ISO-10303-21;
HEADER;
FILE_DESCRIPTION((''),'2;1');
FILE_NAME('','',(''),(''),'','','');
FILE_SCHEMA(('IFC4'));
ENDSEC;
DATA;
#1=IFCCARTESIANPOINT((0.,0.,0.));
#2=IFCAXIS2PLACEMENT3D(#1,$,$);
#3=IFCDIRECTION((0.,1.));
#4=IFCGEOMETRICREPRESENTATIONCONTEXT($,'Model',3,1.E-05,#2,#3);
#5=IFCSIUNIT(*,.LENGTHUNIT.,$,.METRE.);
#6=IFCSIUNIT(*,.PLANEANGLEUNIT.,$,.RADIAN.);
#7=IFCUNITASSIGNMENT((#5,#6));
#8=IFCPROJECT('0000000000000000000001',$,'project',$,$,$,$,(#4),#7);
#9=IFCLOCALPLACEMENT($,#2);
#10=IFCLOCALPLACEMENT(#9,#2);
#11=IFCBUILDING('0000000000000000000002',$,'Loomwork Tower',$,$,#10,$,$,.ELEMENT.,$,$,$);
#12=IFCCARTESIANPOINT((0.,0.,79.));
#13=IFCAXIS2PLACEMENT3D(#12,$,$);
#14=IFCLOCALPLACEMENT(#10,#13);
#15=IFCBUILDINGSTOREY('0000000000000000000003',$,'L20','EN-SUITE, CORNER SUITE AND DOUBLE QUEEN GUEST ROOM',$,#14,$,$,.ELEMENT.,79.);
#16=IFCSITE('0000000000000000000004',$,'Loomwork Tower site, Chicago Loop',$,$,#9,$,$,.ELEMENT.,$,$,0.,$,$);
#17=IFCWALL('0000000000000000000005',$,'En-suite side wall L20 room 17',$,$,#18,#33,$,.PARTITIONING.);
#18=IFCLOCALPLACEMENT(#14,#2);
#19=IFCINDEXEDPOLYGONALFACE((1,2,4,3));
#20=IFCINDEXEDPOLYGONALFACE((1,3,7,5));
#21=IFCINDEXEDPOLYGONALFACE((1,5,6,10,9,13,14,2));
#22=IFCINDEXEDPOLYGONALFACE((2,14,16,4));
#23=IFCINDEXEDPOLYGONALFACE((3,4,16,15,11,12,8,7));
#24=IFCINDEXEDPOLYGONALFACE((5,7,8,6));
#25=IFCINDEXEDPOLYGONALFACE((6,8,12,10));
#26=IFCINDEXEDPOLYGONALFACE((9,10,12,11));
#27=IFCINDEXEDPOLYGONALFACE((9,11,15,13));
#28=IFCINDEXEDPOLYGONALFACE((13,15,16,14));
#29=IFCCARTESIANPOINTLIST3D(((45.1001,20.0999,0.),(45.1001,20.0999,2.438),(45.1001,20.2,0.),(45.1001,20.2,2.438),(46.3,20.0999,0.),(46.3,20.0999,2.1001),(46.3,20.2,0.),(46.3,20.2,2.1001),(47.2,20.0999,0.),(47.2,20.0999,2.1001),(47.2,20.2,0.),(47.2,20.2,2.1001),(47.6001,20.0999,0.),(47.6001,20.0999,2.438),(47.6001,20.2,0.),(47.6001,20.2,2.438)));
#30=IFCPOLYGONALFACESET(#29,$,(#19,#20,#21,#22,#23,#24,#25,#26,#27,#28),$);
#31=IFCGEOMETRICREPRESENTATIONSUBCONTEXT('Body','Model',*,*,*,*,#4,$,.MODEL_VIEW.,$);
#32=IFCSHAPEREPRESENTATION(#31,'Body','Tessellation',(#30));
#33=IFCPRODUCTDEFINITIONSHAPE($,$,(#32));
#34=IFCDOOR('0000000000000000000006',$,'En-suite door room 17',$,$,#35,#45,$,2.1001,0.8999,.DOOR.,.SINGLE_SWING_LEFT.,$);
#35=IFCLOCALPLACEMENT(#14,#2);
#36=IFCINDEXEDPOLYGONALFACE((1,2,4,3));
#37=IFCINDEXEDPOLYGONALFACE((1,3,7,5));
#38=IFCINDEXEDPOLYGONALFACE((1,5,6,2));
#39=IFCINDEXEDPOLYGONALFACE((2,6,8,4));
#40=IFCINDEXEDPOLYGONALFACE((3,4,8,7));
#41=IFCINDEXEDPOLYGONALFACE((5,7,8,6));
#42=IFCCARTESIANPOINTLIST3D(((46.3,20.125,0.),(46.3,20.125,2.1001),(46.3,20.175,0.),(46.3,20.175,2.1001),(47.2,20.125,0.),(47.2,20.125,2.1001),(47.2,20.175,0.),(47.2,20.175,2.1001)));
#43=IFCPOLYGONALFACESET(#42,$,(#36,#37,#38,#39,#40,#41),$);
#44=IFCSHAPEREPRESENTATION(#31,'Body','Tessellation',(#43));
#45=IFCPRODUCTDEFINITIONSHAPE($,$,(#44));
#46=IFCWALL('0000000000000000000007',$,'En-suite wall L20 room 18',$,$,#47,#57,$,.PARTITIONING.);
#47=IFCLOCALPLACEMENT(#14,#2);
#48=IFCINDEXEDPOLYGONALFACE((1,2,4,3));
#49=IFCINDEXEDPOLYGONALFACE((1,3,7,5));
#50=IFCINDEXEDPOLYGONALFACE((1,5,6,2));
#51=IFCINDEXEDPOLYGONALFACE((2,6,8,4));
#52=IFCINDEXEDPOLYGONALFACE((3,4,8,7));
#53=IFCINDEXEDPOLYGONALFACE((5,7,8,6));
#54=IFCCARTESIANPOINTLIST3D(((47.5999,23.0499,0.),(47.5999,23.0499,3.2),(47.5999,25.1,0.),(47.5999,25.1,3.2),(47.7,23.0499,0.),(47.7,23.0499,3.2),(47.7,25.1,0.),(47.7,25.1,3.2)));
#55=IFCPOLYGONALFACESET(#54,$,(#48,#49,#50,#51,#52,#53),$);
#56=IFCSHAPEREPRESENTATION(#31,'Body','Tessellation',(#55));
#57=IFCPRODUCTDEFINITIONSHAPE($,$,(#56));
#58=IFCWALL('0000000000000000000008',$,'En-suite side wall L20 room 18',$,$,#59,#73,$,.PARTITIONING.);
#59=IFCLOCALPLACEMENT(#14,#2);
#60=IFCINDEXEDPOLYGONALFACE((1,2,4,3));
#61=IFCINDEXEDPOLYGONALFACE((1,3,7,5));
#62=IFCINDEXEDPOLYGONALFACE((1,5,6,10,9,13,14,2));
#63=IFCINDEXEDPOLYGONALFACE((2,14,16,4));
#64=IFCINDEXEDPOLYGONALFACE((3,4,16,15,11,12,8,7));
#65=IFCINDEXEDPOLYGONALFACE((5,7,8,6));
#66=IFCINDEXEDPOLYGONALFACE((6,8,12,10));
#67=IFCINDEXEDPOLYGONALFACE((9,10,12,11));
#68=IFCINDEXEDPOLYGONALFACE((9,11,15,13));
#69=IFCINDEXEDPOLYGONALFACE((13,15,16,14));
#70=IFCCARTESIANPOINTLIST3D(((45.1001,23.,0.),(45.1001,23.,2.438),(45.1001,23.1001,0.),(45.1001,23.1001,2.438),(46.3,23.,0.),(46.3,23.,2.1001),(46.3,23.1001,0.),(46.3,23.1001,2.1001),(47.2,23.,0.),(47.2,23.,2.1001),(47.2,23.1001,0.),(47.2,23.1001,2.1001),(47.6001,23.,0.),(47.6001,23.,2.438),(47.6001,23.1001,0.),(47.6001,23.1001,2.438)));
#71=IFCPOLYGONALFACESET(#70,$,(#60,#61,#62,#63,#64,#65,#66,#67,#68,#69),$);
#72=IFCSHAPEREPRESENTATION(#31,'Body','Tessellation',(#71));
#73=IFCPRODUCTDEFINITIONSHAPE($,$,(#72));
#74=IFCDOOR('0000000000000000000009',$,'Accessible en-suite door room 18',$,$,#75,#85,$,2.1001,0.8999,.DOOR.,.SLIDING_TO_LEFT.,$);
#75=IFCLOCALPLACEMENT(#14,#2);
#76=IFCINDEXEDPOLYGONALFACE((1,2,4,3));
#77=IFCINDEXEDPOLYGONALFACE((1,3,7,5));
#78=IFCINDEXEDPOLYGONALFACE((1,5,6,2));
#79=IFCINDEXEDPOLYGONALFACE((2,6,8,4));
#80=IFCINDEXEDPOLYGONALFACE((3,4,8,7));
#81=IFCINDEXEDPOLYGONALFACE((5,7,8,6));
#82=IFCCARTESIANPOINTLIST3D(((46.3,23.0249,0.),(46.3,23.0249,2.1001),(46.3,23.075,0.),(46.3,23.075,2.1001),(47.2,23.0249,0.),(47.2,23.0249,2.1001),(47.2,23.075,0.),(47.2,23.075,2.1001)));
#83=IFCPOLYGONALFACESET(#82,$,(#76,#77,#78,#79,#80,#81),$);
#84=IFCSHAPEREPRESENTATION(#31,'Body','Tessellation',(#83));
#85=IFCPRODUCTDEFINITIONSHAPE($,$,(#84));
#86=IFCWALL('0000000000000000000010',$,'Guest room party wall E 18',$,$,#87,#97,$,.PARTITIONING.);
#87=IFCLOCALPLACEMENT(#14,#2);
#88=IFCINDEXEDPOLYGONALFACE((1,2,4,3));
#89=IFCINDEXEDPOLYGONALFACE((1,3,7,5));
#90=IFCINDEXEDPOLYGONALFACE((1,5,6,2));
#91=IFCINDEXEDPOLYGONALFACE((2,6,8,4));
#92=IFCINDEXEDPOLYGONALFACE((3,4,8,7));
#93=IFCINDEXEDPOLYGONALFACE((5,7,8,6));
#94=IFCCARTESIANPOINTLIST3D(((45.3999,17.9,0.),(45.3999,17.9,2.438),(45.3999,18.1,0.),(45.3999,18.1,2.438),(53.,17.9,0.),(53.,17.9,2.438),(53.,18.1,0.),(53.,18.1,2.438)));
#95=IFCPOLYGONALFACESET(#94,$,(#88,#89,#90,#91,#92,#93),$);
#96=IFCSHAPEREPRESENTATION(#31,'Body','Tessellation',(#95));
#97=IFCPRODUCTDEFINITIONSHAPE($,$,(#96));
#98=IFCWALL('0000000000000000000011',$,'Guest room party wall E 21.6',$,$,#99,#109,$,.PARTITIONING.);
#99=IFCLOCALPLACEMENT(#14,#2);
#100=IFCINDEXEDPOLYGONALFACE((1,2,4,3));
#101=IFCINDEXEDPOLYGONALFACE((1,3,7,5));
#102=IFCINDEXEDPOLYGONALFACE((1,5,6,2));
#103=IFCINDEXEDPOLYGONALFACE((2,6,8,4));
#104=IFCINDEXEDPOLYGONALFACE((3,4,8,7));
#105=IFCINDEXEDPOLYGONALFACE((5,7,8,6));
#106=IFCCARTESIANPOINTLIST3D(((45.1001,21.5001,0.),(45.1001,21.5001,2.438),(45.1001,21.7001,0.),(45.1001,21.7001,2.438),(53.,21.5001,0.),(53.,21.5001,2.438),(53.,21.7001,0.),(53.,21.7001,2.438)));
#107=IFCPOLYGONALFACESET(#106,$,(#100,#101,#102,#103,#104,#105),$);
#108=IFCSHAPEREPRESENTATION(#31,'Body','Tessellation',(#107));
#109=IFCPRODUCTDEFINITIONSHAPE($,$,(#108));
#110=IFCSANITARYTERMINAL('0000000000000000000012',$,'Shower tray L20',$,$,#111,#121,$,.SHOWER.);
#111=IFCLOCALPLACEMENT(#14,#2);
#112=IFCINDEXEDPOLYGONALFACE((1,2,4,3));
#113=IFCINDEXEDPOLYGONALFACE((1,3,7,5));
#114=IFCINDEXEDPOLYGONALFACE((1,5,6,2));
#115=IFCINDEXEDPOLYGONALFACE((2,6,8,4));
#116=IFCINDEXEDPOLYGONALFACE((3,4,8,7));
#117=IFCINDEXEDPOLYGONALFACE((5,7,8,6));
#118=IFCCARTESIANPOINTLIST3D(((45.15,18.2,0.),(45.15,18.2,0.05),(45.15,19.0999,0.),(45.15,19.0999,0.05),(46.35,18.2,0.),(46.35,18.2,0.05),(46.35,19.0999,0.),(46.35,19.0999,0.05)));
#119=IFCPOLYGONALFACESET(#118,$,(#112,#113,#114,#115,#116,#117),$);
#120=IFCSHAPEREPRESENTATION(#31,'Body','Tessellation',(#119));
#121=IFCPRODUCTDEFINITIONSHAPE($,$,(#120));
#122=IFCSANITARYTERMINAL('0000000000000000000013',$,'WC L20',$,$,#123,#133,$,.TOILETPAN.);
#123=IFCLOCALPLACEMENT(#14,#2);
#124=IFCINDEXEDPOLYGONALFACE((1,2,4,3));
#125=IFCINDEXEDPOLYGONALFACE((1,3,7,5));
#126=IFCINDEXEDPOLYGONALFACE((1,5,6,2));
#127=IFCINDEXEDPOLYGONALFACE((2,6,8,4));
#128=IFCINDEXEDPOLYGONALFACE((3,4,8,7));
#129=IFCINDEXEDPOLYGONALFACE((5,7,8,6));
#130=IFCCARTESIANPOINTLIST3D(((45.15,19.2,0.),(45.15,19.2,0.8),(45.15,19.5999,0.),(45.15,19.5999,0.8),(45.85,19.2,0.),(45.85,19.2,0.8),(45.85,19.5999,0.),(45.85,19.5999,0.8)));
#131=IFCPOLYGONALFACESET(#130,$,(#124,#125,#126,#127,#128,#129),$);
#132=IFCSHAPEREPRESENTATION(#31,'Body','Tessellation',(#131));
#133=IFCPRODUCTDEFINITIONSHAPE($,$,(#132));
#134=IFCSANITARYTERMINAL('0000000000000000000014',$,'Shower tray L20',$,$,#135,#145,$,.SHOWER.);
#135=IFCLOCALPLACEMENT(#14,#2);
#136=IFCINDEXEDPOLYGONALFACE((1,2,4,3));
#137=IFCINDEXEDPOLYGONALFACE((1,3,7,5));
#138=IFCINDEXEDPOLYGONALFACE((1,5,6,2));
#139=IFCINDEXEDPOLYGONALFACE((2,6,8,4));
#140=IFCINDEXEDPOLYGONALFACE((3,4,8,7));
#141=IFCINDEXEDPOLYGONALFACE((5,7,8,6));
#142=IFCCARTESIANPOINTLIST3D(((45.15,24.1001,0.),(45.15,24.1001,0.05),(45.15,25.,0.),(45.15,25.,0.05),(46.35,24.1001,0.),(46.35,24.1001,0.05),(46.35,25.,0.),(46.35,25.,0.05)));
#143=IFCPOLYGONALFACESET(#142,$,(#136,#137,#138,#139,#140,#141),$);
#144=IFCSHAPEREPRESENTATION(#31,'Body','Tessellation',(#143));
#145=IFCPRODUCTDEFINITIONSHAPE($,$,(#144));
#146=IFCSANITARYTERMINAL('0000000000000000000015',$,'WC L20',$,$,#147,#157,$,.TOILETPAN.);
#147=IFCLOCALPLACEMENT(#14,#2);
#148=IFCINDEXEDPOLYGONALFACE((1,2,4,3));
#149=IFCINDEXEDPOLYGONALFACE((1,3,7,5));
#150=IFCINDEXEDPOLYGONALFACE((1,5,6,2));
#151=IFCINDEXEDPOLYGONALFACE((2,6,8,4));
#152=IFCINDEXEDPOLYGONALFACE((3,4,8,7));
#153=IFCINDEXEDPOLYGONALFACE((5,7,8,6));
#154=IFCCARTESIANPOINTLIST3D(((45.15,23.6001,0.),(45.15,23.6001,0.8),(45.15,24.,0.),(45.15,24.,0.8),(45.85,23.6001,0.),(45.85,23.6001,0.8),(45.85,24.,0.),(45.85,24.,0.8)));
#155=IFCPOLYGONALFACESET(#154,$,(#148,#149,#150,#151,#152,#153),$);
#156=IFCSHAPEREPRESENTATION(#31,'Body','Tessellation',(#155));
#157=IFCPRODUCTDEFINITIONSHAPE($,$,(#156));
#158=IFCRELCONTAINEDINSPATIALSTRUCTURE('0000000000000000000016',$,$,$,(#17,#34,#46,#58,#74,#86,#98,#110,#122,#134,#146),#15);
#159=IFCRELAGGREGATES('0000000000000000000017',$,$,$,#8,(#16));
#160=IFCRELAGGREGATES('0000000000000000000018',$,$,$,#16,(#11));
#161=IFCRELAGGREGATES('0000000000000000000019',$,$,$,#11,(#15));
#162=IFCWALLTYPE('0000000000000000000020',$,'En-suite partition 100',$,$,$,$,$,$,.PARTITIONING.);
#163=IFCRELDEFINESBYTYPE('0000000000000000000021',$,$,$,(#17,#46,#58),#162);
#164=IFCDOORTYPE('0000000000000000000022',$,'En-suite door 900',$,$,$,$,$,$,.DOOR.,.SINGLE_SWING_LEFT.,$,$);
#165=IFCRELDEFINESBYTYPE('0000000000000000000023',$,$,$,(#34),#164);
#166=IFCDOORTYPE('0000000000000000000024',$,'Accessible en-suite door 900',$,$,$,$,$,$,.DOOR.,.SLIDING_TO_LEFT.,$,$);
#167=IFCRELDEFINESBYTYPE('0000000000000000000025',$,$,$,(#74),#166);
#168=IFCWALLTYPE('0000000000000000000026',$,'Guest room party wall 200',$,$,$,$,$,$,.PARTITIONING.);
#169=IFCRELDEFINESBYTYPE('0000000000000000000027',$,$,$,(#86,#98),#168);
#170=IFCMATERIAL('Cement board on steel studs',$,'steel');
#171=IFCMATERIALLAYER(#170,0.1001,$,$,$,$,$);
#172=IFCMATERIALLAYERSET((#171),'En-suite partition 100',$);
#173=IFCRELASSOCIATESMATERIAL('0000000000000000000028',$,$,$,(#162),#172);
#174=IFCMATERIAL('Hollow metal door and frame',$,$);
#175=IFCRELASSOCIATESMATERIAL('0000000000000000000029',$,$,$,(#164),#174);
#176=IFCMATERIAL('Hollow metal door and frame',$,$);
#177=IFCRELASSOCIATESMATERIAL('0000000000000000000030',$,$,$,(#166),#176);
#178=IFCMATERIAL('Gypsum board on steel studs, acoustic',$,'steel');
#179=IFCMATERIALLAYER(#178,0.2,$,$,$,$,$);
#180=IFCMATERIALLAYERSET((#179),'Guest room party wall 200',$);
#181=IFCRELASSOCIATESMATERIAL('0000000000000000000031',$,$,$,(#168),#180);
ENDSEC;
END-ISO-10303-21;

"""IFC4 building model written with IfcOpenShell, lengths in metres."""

from ifc_helpers import new_model, si_unit, direction, frame, frame_2d, origin, origin_2d, place, context, subcontext, project, spatial, rectangle, extrude, material, layer, layer_set, type_object, element, fill, save


model = new_model("IFC4")

# Units and contexts
model_context = context("Model", 3, precision=1e-05, world=origin(), true_north=direction((0.0, 1.0)))
body_context = subcontext(model_context, "Body", "Model", "MODEL_VIEW")
ifc_project = project(units=[si_unit("LENGTHUNIT", "METRE"), si_unit("PLANEANGLEUNIT", "RADIAN")], contexts=[model_context])

# Site, building, storey
site_placement = place(None, origin())
site = spatial("IfcSite", under=ifc_project, at=site_placement, Name="Loomwork Tower site, Chicago Loop", CompositionType="ELEMENT", RefElevation=0.0)
building_placement = place(site_placement, origin())
building = spatial("IfcBuilding", under=site, at=building_placement, Name="Loomwork Tower", CompositionType="ELEMENT")
storey_placement = place(building_placement, frame((0.0, 0.0, 79.0)))
storey = spatial("IfcBuildingStorey", under=building, at=storey_placement, Name="L20", Description="EN-SUITE, CORNER SUITE AND DOUBLE QUEEN GUEST ROOM", CompositionType="ELEMENT", Elevation=79.0)

# Shared definitions
ifc_material_1 = material(Name="Cement board on steel studs", Category="steel")
ifc_layer_1 = layer(ifc_material_1, 0.1001)
ifc_layer_set_1 = layer_set([ifc_layer_1], Name="En-suite partition 100")
wall_type_1 = type_object("IfcWallType", Name="En-suite partition 100", PredefinedType="PARTITIONING", material=ifc_layer_set_1)

# Wall, opening, door
wall_1_placement = place(storey_placement, frame((45.1001, 20.1499, 0.0), z_axis=(0.0, 0.0, 1.0), x_axis=(1.0, 0.0, 0.0)))
wall_1 = element("IfcWall", 1, at=wall_1_placement, inside=storey, type_object=wall_type_1, Name="En-suite side wall L20 room 17", PredefinedType="PARTITIONING", context=body_context, shape_type="SweptSolid", body=[
    extrude(rectangle(XDim=2.5, YDim=0.1001, at=frame_2d((1.25, 0.0))), origin(), (0.0, 0.0, 1.0), 2.438),
])
opening_1_placement = place(wall_1_placement, frame((1.2, 0.0, 0.0)))
opening_1 = element("IfcOpeningElement", 2, at=opening_1_placement, cuts=wall_1, PredefinedType="OPENING", context=body_context, shape_type="SweptSolid", body=[
    extrude(rectangle(XDim=0.8999, YDim=2.1001, at=frame_2d((0.45, 1.05))), frame((0.0, 0.0601, 0.0), z_axis=(0.0, -1.0, 0.0), x_axis=(1.0, 0.0, 0.0)), (0.0, 0.0, 1.0), 0.1201),
])
ifc_material_2 = material(Name="Hollow metal door and frame")
door_type_1 = type_object("IfcDoorType", Name="En-suite door 900", OperationType="SINGLE_SWING_LEFT", PredefinedType="DOOR", material=ifc_material_2)
door_1_placement = place(opening_1_placement, frame((0.8999, 0.0, 0.0), z_axis=(0.0, 0.0, 1.0), x_axis=(-1.0, 0.0, 0.0)))
door_1 = element("IfcDoor", 3, at=door_1_placement, inside=storey, type_object=door_type_1, Name="En-suite door room 17", OperationType="SINGLE_SWING_LEFT", OverallHeight=2.1001, OverallWidth=0.8999, PredefinedType="DOOR", context=body_context, shape_type="SweptSolid", body=[
    extrude(rectangle(XDim=0.8999, YDim=2.1001, at=frame_2d((0.45, 1.05))), frame((0.0, 0.0249, 0.0), z_axis=(0.0, -1.0, 0.0), x_axis=(1.0, 0.0, 0.0)), (0.0, 0.0, 1.0), 0.05),
])
fill(opening_1, door_1)

# Wall
wall_2_placement = place(storey_placement, frame((47.6499, 23.05, 0.0), z_axis=(0.0, 0.0, 1.0), x_axis=(0.0, 1.0, 0.0)))
element("IfcWall", 4, at=wall_2_placement, inside=storey, type_object=wall_type_1, Name="En-suite wall L20 room 18", PredefinedType="PARTITIONING", context=body_context, shape_type="SweptSolid", body=[
    extrude(rectangle(XDim=2.05, YDim=0.1001, at=frame_2d((1.0249, 0.0))), origin(), (0.0, 0.0, 1.0), 3.2),
])

# Wall, opening, door
wall_3_placement = place(storey_placement, frame((45.1001, 23.05, 0.0), z_axis=(0.0, 0.0, 1.0), x_axis=(1.0, 0.0, 0.0)))
wall_3 = element("IfcWall", 5, at=wall_3_placement, inside=storey, type_object=wall_type_1, Name="En-suite side wall L20 room 18", PredefinedType="PARTITIONING", context=body_context, shape_type="SweptSolid", body=[
    extrude(rectangle(XDim=2.5, YDim=0.1001, at=frame_2d((1.25, 0.0))), origin(), (0.0, 0.0, 1.0), 2.438),
])
opening_2_placement = place(wall_3_placement, frame((1.2, 0.0, 0.0)))
opening_2 = element("IfcOpeningElement", 6, at=opening_2_placement, cuts=wall_3, PredefinedType="OPENING", context=body_context, shape_type="SweptSolid", body=[
    extrude(rectangle(XDim=0.8999, YDim=2.1001, at=frame_2d((0.45, 1.05))), frame((0.0, 0.0601, 0.0), z_axis=(0.0, -1.0, 0.0), x_axis=(1.0, 0.0, 0.0)), (0.0, 0.0, 1.0), 0.1201),
])
ifc_material_3 = material(Name="Hollow metal door and frame")
door_type_2 = type_object("IfcDoorType", Name="Accessible en-suite door 900", OperationType="SLIDING_TO_LEFT", PredefinedType="DOOR", material=ifc_material_3)
door_2_placement = place(opening_2_placement, origin())
door_2 = element("IfcDoor", 7, at=door_2_placement, inside=storey, type_object=door_type_2, Name="Accessible en-suite door room 18", OperationType="SLIDING_TO_LEFT", OverallHeight=2.1001, OverallWidth=0.8999, PredefinedType="DOOR", context=body_context, shape_type="SweptSolid", body=[
    extrude(rectangle(XDim=0.8999, YDim=2.1001, at=frame_2d((0.45, 1.05))), frame((0.0, 0.0249, 0.0), z_axis=(0.0, -1.0, 0.0), x_axis=(1.0, 0.0, 0.0)), (0.0, 0.0, 1.0), 0.05),
])
fill(opening_2, door_2)

# Walls
ifc_material_4 = material(Name="Gypsum board on steel studs, acoustic", Category="steel")
ifc_layer_2 = layer(ifc_material_4, 0.2)
ifc_layer_set_2 = layer_set([ifc_layer_2], Name="Guest room party wall 200")
wall_type_2 = type_object("IfcWallType", Name="Guest room party wall 200", PredefinedType="PARTITIONING", material=ifc_layer_set_2)
wall_4_placement = place(storey_placement, frame((45.3999, 18.0, 0.0), z_axis=(0.0, 0.0, 1.0), x_axis=(1.0, 0.0, 0.0)))
element("IfcWall", 8, at=wall_4_placement, inside=storey, type_object=wall_type_2, Name="Guest room party wall E 18", PredefinedType="PARTITIONING", context=body_context, shape_type="SweptSolid", body=[
    extrude(rectangle(XDim=7.6001, YDim=0.2, at=frame_2d((3.8, 0.0))), origin(), (0.0, 0.0, 1.0), 2.438),
])
wall_5_placement = place(storey_placement, frame((45.1001, 21.6001, 0.0), z_axis=(0.0, 0.0, 1.0), x_axis=(1.0, 0.0, 0.0)))
element("IfcWall", 9, at=wall_5_placement, inside=storey, type_object=wall_type_2, Name="Guest room party wall E 21.6", PredefinedType="PARTITIONING", context=body_context, shape_type="SweptSolid", body=[
    extrude(rectangle(XDim=7.8999, YDim=0.2, at=frame_2d((3.95, 0.0))), origin(), (0.0, 0.0, 1.0), 2.438),
])

# Sanitary terminals
sanitary_terminal_1_placement = place(storey_placement, frame((45.75, 18.6499, 0.0), z_axis=(0.0, 0.0, 1.0), x_axis=(1.0, 0.0, 0.0)))
element("IfcSanitaryTerminal", 10, at=sanitary_terminal_1_placement, inside=storey, Name="Shower tray L20", PredefinedType="SHOWER", context=body_context, shape_type="SweptSolid", body=[
    extrude(rectangle(XDim=1.2, YDim=0.8999, at=origin_2d()), origin(), (0.0, 0.0, 1.0), 0.05),
])
sanitary_terminal_2_placement = place(storey_placement, frame((45.5, 19.3999, 0.0), z_axis=(0.0, 0.0, 1.0), x_axis=(1.0, 0.0, 0.0)))
element("IfcSanitaryTerminal", 11, at=sanitary_terminal_2_placement, inside=storey, Name="WC L20", PredefinedType="TOILETPAN", context=body_context, shape_type="SweptSolid", body=[
    extrude(rectangle(XDim=0.7, YDim=0.3999, at=origin_2d()), origin(), (0.0, 0.0, 1.0), 0.8),
])
sanitary_terminal_3_placement = place(storey_placement, frame((45.75, 24.55, 0.0), z_axis=(0.0, 0.0, 1.0), x_axis=(1.0, 0.0, 0.0)))
element("IfcSanitaryTerminal", 12, at=sanitary_terminal_3_placement, inside=storey, Name="Shower tray L20", PredefinedType="SHOWER", context=body_context, shape_type="SweptSolid", body=[
    extrude(rectangle(XDim=1.2, YDim=0.8999, at=origin_2d()), origin(), (0.0, 0.0, 1.0), 0.05),
])
sanitary_terminal_4_placement = place(storey_placement, frame((45.5, 23.8, 0.0), z_axis=(0.0, 0.0, 1.0), x_axis=(1.0, 0.0, 0.0)))
element("IfcSanitaryTerminal", 13, at=sanitary_terminal_4_placement, inside=storey, Name="WC L20", PredefinedType="TOILETPAN", context=body_context, shape_type="SweptSolid", body=[
    extrude(rectangle(XDim=0.7, YDim=0.3999, at=origin_2d()), origin(), (0.0, 0.0, 1.0), 0.8),
])

save(model, "model.ifc")
